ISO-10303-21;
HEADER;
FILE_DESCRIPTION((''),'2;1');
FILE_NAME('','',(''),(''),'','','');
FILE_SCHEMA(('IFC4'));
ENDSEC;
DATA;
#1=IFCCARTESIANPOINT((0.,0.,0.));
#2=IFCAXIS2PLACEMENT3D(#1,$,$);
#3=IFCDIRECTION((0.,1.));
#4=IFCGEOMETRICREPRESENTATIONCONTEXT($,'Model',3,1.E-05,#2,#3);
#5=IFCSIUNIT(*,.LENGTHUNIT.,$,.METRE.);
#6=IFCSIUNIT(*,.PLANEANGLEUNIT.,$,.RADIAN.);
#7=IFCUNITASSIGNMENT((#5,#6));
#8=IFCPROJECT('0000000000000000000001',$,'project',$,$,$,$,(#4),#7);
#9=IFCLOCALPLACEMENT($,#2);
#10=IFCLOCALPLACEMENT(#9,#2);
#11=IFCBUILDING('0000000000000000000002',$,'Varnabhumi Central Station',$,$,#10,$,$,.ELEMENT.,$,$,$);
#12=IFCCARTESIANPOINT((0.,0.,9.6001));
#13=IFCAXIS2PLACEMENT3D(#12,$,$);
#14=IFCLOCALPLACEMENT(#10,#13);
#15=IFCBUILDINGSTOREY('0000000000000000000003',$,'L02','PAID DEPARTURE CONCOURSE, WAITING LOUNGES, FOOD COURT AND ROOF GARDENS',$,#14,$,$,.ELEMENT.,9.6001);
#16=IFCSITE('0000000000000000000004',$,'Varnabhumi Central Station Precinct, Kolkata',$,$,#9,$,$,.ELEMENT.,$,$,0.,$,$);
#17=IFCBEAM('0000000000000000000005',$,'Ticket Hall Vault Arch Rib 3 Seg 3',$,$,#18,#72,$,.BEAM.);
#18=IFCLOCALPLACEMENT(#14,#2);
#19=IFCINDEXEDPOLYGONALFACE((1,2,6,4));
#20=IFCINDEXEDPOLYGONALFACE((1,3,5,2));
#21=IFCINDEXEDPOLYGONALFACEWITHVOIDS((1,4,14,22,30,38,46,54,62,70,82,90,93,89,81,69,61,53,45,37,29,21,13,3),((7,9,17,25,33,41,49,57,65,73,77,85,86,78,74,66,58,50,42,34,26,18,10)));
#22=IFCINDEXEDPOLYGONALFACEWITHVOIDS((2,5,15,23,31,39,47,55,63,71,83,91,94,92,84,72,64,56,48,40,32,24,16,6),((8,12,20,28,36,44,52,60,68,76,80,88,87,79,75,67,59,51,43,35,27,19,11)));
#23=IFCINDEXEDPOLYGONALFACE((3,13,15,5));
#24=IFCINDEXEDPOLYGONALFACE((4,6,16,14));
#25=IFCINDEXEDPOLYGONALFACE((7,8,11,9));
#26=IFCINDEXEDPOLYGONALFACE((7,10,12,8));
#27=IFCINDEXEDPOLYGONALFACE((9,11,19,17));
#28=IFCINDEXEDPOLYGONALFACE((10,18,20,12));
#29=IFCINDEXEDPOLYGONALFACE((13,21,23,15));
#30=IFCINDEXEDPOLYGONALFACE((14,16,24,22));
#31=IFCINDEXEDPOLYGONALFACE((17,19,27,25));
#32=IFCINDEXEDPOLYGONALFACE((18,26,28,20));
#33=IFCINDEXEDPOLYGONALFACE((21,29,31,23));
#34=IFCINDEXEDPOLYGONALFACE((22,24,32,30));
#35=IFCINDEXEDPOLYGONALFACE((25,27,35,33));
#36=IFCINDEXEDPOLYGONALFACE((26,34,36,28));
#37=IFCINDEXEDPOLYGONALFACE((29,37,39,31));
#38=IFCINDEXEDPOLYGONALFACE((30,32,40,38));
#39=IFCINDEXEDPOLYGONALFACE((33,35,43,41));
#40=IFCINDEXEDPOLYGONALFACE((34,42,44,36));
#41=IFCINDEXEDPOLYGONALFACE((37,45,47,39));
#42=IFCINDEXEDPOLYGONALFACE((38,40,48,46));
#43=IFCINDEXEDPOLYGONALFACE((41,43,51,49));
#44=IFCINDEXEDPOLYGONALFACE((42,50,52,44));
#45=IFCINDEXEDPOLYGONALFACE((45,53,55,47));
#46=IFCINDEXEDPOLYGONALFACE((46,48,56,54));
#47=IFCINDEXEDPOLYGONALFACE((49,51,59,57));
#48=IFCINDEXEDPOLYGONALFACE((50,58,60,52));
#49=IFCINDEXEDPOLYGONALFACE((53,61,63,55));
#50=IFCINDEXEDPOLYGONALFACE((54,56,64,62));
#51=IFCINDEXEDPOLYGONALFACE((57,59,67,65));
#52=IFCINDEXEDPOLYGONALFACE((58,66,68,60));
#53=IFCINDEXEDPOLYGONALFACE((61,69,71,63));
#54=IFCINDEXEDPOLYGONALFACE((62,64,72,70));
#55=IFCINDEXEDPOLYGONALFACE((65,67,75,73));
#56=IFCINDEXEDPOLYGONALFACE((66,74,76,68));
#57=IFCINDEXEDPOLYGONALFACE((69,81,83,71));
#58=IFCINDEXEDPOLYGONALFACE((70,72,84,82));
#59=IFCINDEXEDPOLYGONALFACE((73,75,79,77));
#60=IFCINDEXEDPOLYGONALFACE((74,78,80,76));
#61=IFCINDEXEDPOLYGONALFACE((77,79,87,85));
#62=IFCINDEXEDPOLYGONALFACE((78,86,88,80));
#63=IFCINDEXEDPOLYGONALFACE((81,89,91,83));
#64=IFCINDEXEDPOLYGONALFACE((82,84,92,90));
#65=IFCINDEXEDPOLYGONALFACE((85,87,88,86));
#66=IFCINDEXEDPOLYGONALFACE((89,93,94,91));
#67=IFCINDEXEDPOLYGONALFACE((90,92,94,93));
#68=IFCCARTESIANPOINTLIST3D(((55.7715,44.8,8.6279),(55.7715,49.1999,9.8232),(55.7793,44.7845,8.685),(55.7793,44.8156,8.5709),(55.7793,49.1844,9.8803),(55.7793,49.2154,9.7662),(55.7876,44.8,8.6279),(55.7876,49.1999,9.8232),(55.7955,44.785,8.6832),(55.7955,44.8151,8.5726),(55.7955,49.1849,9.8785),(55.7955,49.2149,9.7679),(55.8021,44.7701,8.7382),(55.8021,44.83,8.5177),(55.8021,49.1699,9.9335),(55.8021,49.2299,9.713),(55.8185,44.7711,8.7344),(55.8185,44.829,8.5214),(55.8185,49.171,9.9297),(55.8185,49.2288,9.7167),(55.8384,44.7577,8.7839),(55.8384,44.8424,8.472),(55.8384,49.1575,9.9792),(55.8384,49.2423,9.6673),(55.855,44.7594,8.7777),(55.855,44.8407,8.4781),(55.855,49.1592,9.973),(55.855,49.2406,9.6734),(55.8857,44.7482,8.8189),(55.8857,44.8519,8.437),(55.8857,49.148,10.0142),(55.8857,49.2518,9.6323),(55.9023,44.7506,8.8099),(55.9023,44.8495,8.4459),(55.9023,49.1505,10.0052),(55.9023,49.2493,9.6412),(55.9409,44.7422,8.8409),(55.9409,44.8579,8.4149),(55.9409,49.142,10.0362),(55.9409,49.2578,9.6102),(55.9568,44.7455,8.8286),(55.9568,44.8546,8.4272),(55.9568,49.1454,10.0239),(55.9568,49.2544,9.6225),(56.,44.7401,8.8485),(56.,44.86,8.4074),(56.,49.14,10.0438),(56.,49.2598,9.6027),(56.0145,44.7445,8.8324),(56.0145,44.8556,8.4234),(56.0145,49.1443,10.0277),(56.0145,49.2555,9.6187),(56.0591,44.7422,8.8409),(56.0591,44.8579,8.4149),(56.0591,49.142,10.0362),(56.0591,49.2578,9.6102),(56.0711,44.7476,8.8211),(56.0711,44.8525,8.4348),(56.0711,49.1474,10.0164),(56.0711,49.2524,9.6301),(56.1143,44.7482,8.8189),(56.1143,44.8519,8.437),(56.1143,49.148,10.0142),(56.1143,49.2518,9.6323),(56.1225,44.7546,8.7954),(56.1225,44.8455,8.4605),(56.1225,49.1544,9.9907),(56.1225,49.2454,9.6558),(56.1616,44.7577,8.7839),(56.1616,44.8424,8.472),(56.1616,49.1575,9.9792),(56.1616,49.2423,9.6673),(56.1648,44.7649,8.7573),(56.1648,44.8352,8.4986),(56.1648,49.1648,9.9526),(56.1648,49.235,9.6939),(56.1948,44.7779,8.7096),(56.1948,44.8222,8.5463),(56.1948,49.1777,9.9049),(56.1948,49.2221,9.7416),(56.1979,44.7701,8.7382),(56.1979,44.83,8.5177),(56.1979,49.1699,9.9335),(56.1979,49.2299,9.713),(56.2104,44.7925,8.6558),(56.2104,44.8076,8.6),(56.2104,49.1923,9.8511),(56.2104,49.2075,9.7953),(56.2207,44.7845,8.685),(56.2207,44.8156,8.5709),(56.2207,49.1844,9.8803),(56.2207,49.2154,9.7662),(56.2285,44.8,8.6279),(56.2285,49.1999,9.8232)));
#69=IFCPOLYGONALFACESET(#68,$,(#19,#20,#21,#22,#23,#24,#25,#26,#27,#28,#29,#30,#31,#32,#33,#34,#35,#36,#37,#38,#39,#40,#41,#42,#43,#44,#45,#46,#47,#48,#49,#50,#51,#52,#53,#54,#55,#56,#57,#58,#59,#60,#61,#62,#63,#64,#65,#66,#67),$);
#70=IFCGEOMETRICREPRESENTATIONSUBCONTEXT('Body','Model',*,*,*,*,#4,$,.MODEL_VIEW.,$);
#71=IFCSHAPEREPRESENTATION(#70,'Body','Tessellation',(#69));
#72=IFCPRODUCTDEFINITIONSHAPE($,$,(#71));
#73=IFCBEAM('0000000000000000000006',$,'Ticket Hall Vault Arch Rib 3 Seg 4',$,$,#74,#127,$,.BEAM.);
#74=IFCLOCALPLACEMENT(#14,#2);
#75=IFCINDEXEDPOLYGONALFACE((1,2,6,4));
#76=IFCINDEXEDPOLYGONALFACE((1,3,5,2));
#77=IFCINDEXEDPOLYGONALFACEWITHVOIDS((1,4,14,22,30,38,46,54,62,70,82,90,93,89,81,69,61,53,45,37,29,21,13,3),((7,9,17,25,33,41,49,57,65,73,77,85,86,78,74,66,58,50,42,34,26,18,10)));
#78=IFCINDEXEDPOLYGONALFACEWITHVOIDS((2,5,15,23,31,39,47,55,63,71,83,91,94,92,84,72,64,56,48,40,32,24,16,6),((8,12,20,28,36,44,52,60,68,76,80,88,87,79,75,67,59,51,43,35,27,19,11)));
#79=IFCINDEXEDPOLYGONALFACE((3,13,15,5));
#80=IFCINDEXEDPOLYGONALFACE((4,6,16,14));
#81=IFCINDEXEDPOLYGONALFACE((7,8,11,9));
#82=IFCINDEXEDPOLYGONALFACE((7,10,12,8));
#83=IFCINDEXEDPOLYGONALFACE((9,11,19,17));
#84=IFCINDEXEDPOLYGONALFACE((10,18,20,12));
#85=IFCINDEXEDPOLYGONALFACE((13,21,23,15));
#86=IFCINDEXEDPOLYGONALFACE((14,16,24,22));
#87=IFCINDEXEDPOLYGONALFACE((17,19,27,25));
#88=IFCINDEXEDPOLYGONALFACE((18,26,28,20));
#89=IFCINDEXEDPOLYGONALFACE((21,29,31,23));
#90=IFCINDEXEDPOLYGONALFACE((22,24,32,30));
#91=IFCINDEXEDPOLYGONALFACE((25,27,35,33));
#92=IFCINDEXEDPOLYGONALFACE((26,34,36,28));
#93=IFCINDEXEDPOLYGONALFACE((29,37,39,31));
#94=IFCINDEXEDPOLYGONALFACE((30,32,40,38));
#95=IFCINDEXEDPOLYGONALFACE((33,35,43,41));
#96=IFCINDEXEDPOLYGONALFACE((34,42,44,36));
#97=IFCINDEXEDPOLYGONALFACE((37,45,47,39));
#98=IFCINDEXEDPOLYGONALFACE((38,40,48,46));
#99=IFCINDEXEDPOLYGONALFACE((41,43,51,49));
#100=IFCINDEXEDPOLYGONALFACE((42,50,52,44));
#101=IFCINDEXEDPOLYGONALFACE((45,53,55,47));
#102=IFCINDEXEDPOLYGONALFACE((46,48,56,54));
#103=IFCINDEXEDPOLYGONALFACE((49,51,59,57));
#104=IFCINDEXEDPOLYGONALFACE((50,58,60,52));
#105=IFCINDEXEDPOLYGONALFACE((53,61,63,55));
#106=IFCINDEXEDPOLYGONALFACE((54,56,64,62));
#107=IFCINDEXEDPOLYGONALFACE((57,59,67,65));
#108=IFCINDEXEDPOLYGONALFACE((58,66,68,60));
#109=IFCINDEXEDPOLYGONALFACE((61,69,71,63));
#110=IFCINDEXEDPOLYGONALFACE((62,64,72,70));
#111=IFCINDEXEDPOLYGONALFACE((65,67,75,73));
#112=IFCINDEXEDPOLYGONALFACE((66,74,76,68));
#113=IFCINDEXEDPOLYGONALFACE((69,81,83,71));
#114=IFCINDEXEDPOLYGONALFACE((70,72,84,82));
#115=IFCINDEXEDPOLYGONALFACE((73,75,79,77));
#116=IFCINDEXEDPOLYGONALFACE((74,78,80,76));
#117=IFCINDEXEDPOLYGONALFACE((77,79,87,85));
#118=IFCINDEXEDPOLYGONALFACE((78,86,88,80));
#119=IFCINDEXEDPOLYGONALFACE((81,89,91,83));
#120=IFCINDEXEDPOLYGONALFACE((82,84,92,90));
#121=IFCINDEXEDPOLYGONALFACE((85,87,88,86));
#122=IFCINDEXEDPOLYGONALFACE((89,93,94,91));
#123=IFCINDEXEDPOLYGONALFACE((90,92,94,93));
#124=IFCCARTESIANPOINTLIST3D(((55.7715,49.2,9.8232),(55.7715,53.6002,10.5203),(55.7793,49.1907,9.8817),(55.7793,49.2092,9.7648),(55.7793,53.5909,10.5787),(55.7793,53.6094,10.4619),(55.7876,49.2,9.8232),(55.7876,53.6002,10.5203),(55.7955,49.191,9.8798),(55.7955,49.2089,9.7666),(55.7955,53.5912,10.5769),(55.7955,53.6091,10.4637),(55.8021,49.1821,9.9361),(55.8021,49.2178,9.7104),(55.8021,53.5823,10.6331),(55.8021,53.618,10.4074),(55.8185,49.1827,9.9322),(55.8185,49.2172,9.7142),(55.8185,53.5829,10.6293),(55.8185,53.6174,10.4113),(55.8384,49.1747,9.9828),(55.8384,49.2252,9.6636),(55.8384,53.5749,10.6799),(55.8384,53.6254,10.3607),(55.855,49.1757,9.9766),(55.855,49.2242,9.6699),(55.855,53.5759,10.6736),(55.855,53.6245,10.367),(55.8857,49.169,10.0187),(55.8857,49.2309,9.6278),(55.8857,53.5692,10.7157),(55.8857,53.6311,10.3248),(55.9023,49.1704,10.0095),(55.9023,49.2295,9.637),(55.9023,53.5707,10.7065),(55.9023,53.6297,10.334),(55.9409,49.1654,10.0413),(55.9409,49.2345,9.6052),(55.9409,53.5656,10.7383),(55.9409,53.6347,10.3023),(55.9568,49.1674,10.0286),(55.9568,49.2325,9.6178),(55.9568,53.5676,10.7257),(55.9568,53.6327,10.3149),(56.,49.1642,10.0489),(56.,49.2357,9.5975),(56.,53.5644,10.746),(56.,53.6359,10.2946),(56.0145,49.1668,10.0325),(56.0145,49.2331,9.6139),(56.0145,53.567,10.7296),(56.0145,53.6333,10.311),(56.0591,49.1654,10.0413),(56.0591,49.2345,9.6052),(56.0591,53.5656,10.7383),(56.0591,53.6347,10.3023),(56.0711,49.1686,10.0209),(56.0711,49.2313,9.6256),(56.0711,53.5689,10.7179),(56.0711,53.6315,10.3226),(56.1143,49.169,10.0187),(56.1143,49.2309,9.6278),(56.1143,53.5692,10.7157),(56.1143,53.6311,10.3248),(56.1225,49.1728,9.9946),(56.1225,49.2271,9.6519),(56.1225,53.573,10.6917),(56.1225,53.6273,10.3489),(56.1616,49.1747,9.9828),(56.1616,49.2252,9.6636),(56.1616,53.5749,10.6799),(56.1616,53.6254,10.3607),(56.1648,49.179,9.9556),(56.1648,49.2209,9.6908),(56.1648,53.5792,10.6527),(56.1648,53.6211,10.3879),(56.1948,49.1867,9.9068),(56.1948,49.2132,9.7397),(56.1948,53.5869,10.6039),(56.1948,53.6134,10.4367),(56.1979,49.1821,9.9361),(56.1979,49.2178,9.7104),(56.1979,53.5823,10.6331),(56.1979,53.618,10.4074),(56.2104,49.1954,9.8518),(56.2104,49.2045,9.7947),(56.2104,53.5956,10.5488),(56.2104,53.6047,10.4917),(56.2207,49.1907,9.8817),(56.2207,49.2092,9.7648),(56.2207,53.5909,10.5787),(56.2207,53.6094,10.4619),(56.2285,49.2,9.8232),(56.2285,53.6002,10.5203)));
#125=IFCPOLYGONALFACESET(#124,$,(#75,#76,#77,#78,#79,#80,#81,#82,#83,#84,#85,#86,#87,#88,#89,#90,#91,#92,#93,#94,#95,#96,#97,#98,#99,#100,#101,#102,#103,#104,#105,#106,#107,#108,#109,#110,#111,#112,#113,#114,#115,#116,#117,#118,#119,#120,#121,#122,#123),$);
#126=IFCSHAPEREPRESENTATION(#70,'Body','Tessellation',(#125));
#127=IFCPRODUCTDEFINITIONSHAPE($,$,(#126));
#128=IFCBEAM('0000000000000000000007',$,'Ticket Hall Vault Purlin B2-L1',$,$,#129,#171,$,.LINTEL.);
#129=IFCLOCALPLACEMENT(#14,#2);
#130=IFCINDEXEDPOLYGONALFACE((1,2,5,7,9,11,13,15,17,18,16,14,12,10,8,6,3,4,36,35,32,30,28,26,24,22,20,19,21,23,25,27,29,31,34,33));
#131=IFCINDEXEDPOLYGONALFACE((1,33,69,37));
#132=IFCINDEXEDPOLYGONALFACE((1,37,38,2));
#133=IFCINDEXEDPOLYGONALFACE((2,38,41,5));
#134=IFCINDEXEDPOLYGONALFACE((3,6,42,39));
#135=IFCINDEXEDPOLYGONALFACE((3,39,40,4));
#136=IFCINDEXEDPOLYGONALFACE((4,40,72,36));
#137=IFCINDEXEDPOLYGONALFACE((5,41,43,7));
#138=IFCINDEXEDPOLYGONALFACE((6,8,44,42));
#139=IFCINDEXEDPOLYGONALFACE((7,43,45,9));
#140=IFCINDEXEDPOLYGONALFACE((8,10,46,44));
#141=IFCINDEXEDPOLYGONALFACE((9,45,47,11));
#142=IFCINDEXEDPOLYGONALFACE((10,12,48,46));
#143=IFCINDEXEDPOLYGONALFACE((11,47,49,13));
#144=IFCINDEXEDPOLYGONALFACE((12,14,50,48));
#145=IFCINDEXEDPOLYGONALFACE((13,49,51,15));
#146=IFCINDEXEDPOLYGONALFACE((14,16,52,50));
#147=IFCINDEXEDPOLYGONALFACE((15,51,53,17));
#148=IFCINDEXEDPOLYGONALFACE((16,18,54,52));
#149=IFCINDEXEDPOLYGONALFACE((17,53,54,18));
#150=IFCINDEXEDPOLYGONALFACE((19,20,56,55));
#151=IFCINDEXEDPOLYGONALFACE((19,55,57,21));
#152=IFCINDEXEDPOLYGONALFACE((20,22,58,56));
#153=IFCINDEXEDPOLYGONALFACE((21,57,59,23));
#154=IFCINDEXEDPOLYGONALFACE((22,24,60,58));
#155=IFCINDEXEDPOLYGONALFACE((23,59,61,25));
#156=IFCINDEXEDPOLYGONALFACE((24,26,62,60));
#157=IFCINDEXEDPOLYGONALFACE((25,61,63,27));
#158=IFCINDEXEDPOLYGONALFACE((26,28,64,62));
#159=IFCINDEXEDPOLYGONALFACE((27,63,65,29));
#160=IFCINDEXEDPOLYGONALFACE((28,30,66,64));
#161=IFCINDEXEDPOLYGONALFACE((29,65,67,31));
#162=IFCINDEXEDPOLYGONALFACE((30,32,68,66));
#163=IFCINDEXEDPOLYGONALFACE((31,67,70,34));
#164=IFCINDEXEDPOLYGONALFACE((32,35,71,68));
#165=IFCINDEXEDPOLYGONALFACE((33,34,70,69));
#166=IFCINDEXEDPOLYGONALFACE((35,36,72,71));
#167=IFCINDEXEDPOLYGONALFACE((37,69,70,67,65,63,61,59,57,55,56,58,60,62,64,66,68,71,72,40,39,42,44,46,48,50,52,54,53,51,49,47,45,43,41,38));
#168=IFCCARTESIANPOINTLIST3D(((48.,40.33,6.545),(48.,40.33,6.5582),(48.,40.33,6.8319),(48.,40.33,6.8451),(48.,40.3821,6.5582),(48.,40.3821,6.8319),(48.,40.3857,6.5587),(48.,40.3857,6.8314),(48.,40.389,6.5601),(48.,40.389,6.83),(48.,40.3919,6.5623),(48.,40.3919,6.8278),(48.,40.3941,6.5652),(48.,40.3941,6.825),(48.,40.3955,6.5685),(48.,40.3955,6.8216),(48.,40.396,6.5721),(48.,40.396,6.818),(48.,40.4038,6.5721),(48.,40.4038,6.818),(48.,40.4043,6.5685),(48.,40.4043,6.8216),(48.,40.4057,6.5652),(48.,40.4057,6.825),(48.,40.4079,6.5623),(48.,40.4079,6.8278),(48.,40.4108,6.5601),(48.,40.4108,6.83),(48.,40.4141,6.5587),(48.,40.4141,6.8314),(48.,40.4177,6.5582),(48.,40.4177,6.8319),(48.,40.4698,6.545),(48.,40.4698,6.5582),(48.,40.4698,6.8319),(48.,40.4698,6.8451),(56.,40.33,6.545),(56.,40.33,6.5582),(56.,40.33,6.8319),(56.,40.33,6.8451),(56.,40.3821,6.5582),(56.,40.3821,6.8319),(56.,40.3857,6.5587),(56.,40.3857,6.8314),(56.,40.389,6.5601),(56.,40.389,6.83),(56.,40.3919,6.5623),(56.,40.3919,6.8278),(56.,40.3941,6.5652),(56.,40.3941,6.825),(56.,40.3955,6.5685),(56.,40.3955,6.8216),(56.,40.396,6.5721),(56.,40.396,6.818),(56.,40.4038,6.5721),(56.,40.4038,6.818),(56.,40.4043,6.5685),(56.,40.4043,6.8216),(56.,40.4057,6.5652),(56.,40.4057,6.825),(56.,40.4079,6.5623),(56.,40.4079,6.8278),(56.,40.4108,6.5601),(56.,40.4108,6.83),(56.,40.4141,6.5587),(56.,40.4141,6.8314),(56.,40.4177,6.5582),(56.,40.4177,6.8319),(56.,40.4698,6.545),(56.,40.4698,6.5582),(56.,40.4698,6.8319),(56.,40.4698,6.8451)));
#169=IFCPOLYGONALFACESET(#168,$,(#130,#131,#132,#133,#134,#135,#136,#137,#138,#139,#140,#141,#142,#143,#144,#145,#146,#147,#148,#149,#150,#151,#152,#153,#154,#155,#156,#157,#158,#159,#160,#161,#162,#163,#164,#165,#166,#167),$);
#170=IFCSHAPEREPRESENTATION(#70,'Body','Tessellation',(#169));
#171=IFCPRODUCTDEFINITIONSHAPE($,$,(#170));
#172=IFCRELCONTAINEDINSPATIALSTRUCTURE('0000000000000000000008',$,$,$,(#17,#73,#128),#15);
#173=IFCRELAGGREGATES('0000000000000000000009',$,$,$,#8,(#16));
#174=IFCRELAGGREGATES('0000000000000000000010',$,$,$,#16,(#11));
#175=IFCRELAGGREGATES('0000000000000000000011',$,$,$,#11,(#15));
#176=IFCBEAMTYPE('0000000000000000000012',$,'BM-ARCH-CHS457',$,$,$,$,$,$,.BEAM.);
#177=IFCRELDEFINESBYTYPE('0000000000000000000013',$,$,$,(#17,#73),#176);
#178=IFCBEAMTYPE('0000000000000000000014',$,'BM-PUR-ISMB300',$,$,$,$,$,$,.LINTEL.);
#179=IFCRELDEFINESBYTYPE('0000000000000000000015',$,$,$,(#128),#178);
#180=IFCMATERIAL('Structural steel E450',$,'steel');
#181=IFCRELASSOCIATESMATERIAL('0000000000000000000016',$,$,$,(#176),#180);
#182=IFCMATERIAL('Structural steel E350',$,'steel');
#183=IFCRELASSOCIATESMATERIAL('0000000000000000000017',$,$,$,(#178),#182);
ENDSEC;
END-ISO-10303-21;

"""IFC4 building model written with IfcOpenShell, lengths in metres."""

from ifc_helpers import new_model, si_unit, direction, frame, origin, origin_2d, place, context, subcontext, project, spatial, hollow_circle, i_section, extrude, material, material_profile, profile_set, type_object, element, save


model = new_model("IFC4")

# Units and contexts
model_context = context("Model", 3, precision=1e-05, world=origin(), true_north=direction((0.0, 1.0)))
body_context = subcontext(model_context, "Body", "Model", "MODEL_VIEW")
ifc_project = project(units=[si_unit("LENGTHUNIT", "METRE"), si_unit("PLANEANGLEUNIT", "RADIAN")], contexts=[model_context])

# Site, building, storey
site_placement = place(None, origin())
site = spatial("IfcSite", under=ifc_project, at=site_placement, Name="Varnabhumi Central Station Precinct, Kolkata", CompositionType="ELEMENT", RefElevation=0.0)
building_placement = place(site_placement, origin())
building = spatial("IfcBuilding", under=site, at=building_placement, Name="Varnabhumi Central Station", CompositionType="ELEMENT")
storey_placement = place(building_placement, frame((0.0, 0.0, 9.6001)))
storey = spatial("IfcBuildingStorey", under=building, at=storey_placement, Name="L02", Description="PAID DEPARTURE CONCOURSE, WAITING LOUNGES, FOOD COURT AND ROOF GARDENS", CompositionType="ELEMENT", Elevation=9.6001)

# Beams
ifc_material_1 = material(Name="Structural steel E350", Category="steel")
ifc_material_2 = material(Name="Structural steel E450", Category="steel")
ifc_material_profile_1 = material_profile(ifc_material_2, hollow_circle(Radius=0.2285, WallThickness=0.0161, at=origin_2d()), Name="Structural steel E450", Category="steel")
ifc_profile_set_1 = profile_set([ifc_material_profile_1], Name="Structural steel E450")
beam_type_1 = type_object("IfcBeamType", Name="BM-ARCH-CHS457", PredefinedType="BEAM", material=ifc_profile_set_1)
beam_1_placement = place(storey_placement, frame((56.0, 44.8, 8.6279), z_axis=(0.0, 0.965023, 0.262166), x_axis=(-1.0, 0.0, 0.0)))
element("IfcBeam", 1, at=beam_1_placement, inside=storey, type_object=beam_type_1, Name="Ticket Hall Vault Arch Rib 3 Seg 3", PredefinedType="BEAM", context=body_context, shape_type="SweptSolid", body=[
    extrude(hollow_circle(Radius=0.2285, WallThickness=0.0161, at=origin_2d()), origin(), (0.0, 0.0, 1.0), 4.5593),
])
beam_2_placement = place(storey_placement, frame((56.0, 49.2, 9.8232), z_axis=(0.0, 0.987685, 0.156458), x_axis=(-1.0, 0.0, 0.0)))
element("IfcBeam", 2, at=beam_2_placement, inside=storey, type_object=beam_type_1, Name="Ticket Hall Vault Arch Rib 3 Seg 4", PredefinedType="BEAM", context=body_context, shape_type="SweptSolid", body=[
    extrude(hollow_circle(Radius=0.2285, WallThickness=0.0161, at=origin_2d()), origin(), (0.0, 0.0, 1.0), 4.4551),
])
ifc_material_profile_2 = material_profile(ifc_material_1, i_section(OverallWidth=0.1399, OverallDepth=0.3, WebThickness=0.0078, FlangeThickness=0.0132, FilletRadius=0.0139, at=origin_2d()), Name="Structural steel E350", Category="steel")
ifc_profile_set_2 = profile_set([ifc_material_profile_2], Name="Structural steel E350")
beam_type_2 = type_object("IfcBeamType", Name="BM-PUR-ISMB300", PredefinedType="LINTEL", material=ifc_profile_set_2)
for number, where, z_axis, x_axis, name in (
    (3, (48.0, 40.3999, 6.6951), (1.0, 0.0, 0.0), (0.0, 1.0, 0.0), "Ticket Hall Vault Purlin B2-L1"),
):
    element("IfcBeam", number, at=place(storey_placement, frame(where, z_axis=z_axis, x_axis=x_axis)), inside=storey, type_object=beam_type_2, Name=name, PredefinedType="LINTEL", context=body_context, shape_type="SweptSolid", body=[
        extrude(i_section(OverallWidth=0.1399, OverallDepth=0.3, WebThickness=0.0078, FlangeThickness=0.0132, FilletRadius=0.0139, at=origin_2d()), origin(), (0.0, 0.0, 1.0), 8.0),
    ])

save(model, "model.ifc")
